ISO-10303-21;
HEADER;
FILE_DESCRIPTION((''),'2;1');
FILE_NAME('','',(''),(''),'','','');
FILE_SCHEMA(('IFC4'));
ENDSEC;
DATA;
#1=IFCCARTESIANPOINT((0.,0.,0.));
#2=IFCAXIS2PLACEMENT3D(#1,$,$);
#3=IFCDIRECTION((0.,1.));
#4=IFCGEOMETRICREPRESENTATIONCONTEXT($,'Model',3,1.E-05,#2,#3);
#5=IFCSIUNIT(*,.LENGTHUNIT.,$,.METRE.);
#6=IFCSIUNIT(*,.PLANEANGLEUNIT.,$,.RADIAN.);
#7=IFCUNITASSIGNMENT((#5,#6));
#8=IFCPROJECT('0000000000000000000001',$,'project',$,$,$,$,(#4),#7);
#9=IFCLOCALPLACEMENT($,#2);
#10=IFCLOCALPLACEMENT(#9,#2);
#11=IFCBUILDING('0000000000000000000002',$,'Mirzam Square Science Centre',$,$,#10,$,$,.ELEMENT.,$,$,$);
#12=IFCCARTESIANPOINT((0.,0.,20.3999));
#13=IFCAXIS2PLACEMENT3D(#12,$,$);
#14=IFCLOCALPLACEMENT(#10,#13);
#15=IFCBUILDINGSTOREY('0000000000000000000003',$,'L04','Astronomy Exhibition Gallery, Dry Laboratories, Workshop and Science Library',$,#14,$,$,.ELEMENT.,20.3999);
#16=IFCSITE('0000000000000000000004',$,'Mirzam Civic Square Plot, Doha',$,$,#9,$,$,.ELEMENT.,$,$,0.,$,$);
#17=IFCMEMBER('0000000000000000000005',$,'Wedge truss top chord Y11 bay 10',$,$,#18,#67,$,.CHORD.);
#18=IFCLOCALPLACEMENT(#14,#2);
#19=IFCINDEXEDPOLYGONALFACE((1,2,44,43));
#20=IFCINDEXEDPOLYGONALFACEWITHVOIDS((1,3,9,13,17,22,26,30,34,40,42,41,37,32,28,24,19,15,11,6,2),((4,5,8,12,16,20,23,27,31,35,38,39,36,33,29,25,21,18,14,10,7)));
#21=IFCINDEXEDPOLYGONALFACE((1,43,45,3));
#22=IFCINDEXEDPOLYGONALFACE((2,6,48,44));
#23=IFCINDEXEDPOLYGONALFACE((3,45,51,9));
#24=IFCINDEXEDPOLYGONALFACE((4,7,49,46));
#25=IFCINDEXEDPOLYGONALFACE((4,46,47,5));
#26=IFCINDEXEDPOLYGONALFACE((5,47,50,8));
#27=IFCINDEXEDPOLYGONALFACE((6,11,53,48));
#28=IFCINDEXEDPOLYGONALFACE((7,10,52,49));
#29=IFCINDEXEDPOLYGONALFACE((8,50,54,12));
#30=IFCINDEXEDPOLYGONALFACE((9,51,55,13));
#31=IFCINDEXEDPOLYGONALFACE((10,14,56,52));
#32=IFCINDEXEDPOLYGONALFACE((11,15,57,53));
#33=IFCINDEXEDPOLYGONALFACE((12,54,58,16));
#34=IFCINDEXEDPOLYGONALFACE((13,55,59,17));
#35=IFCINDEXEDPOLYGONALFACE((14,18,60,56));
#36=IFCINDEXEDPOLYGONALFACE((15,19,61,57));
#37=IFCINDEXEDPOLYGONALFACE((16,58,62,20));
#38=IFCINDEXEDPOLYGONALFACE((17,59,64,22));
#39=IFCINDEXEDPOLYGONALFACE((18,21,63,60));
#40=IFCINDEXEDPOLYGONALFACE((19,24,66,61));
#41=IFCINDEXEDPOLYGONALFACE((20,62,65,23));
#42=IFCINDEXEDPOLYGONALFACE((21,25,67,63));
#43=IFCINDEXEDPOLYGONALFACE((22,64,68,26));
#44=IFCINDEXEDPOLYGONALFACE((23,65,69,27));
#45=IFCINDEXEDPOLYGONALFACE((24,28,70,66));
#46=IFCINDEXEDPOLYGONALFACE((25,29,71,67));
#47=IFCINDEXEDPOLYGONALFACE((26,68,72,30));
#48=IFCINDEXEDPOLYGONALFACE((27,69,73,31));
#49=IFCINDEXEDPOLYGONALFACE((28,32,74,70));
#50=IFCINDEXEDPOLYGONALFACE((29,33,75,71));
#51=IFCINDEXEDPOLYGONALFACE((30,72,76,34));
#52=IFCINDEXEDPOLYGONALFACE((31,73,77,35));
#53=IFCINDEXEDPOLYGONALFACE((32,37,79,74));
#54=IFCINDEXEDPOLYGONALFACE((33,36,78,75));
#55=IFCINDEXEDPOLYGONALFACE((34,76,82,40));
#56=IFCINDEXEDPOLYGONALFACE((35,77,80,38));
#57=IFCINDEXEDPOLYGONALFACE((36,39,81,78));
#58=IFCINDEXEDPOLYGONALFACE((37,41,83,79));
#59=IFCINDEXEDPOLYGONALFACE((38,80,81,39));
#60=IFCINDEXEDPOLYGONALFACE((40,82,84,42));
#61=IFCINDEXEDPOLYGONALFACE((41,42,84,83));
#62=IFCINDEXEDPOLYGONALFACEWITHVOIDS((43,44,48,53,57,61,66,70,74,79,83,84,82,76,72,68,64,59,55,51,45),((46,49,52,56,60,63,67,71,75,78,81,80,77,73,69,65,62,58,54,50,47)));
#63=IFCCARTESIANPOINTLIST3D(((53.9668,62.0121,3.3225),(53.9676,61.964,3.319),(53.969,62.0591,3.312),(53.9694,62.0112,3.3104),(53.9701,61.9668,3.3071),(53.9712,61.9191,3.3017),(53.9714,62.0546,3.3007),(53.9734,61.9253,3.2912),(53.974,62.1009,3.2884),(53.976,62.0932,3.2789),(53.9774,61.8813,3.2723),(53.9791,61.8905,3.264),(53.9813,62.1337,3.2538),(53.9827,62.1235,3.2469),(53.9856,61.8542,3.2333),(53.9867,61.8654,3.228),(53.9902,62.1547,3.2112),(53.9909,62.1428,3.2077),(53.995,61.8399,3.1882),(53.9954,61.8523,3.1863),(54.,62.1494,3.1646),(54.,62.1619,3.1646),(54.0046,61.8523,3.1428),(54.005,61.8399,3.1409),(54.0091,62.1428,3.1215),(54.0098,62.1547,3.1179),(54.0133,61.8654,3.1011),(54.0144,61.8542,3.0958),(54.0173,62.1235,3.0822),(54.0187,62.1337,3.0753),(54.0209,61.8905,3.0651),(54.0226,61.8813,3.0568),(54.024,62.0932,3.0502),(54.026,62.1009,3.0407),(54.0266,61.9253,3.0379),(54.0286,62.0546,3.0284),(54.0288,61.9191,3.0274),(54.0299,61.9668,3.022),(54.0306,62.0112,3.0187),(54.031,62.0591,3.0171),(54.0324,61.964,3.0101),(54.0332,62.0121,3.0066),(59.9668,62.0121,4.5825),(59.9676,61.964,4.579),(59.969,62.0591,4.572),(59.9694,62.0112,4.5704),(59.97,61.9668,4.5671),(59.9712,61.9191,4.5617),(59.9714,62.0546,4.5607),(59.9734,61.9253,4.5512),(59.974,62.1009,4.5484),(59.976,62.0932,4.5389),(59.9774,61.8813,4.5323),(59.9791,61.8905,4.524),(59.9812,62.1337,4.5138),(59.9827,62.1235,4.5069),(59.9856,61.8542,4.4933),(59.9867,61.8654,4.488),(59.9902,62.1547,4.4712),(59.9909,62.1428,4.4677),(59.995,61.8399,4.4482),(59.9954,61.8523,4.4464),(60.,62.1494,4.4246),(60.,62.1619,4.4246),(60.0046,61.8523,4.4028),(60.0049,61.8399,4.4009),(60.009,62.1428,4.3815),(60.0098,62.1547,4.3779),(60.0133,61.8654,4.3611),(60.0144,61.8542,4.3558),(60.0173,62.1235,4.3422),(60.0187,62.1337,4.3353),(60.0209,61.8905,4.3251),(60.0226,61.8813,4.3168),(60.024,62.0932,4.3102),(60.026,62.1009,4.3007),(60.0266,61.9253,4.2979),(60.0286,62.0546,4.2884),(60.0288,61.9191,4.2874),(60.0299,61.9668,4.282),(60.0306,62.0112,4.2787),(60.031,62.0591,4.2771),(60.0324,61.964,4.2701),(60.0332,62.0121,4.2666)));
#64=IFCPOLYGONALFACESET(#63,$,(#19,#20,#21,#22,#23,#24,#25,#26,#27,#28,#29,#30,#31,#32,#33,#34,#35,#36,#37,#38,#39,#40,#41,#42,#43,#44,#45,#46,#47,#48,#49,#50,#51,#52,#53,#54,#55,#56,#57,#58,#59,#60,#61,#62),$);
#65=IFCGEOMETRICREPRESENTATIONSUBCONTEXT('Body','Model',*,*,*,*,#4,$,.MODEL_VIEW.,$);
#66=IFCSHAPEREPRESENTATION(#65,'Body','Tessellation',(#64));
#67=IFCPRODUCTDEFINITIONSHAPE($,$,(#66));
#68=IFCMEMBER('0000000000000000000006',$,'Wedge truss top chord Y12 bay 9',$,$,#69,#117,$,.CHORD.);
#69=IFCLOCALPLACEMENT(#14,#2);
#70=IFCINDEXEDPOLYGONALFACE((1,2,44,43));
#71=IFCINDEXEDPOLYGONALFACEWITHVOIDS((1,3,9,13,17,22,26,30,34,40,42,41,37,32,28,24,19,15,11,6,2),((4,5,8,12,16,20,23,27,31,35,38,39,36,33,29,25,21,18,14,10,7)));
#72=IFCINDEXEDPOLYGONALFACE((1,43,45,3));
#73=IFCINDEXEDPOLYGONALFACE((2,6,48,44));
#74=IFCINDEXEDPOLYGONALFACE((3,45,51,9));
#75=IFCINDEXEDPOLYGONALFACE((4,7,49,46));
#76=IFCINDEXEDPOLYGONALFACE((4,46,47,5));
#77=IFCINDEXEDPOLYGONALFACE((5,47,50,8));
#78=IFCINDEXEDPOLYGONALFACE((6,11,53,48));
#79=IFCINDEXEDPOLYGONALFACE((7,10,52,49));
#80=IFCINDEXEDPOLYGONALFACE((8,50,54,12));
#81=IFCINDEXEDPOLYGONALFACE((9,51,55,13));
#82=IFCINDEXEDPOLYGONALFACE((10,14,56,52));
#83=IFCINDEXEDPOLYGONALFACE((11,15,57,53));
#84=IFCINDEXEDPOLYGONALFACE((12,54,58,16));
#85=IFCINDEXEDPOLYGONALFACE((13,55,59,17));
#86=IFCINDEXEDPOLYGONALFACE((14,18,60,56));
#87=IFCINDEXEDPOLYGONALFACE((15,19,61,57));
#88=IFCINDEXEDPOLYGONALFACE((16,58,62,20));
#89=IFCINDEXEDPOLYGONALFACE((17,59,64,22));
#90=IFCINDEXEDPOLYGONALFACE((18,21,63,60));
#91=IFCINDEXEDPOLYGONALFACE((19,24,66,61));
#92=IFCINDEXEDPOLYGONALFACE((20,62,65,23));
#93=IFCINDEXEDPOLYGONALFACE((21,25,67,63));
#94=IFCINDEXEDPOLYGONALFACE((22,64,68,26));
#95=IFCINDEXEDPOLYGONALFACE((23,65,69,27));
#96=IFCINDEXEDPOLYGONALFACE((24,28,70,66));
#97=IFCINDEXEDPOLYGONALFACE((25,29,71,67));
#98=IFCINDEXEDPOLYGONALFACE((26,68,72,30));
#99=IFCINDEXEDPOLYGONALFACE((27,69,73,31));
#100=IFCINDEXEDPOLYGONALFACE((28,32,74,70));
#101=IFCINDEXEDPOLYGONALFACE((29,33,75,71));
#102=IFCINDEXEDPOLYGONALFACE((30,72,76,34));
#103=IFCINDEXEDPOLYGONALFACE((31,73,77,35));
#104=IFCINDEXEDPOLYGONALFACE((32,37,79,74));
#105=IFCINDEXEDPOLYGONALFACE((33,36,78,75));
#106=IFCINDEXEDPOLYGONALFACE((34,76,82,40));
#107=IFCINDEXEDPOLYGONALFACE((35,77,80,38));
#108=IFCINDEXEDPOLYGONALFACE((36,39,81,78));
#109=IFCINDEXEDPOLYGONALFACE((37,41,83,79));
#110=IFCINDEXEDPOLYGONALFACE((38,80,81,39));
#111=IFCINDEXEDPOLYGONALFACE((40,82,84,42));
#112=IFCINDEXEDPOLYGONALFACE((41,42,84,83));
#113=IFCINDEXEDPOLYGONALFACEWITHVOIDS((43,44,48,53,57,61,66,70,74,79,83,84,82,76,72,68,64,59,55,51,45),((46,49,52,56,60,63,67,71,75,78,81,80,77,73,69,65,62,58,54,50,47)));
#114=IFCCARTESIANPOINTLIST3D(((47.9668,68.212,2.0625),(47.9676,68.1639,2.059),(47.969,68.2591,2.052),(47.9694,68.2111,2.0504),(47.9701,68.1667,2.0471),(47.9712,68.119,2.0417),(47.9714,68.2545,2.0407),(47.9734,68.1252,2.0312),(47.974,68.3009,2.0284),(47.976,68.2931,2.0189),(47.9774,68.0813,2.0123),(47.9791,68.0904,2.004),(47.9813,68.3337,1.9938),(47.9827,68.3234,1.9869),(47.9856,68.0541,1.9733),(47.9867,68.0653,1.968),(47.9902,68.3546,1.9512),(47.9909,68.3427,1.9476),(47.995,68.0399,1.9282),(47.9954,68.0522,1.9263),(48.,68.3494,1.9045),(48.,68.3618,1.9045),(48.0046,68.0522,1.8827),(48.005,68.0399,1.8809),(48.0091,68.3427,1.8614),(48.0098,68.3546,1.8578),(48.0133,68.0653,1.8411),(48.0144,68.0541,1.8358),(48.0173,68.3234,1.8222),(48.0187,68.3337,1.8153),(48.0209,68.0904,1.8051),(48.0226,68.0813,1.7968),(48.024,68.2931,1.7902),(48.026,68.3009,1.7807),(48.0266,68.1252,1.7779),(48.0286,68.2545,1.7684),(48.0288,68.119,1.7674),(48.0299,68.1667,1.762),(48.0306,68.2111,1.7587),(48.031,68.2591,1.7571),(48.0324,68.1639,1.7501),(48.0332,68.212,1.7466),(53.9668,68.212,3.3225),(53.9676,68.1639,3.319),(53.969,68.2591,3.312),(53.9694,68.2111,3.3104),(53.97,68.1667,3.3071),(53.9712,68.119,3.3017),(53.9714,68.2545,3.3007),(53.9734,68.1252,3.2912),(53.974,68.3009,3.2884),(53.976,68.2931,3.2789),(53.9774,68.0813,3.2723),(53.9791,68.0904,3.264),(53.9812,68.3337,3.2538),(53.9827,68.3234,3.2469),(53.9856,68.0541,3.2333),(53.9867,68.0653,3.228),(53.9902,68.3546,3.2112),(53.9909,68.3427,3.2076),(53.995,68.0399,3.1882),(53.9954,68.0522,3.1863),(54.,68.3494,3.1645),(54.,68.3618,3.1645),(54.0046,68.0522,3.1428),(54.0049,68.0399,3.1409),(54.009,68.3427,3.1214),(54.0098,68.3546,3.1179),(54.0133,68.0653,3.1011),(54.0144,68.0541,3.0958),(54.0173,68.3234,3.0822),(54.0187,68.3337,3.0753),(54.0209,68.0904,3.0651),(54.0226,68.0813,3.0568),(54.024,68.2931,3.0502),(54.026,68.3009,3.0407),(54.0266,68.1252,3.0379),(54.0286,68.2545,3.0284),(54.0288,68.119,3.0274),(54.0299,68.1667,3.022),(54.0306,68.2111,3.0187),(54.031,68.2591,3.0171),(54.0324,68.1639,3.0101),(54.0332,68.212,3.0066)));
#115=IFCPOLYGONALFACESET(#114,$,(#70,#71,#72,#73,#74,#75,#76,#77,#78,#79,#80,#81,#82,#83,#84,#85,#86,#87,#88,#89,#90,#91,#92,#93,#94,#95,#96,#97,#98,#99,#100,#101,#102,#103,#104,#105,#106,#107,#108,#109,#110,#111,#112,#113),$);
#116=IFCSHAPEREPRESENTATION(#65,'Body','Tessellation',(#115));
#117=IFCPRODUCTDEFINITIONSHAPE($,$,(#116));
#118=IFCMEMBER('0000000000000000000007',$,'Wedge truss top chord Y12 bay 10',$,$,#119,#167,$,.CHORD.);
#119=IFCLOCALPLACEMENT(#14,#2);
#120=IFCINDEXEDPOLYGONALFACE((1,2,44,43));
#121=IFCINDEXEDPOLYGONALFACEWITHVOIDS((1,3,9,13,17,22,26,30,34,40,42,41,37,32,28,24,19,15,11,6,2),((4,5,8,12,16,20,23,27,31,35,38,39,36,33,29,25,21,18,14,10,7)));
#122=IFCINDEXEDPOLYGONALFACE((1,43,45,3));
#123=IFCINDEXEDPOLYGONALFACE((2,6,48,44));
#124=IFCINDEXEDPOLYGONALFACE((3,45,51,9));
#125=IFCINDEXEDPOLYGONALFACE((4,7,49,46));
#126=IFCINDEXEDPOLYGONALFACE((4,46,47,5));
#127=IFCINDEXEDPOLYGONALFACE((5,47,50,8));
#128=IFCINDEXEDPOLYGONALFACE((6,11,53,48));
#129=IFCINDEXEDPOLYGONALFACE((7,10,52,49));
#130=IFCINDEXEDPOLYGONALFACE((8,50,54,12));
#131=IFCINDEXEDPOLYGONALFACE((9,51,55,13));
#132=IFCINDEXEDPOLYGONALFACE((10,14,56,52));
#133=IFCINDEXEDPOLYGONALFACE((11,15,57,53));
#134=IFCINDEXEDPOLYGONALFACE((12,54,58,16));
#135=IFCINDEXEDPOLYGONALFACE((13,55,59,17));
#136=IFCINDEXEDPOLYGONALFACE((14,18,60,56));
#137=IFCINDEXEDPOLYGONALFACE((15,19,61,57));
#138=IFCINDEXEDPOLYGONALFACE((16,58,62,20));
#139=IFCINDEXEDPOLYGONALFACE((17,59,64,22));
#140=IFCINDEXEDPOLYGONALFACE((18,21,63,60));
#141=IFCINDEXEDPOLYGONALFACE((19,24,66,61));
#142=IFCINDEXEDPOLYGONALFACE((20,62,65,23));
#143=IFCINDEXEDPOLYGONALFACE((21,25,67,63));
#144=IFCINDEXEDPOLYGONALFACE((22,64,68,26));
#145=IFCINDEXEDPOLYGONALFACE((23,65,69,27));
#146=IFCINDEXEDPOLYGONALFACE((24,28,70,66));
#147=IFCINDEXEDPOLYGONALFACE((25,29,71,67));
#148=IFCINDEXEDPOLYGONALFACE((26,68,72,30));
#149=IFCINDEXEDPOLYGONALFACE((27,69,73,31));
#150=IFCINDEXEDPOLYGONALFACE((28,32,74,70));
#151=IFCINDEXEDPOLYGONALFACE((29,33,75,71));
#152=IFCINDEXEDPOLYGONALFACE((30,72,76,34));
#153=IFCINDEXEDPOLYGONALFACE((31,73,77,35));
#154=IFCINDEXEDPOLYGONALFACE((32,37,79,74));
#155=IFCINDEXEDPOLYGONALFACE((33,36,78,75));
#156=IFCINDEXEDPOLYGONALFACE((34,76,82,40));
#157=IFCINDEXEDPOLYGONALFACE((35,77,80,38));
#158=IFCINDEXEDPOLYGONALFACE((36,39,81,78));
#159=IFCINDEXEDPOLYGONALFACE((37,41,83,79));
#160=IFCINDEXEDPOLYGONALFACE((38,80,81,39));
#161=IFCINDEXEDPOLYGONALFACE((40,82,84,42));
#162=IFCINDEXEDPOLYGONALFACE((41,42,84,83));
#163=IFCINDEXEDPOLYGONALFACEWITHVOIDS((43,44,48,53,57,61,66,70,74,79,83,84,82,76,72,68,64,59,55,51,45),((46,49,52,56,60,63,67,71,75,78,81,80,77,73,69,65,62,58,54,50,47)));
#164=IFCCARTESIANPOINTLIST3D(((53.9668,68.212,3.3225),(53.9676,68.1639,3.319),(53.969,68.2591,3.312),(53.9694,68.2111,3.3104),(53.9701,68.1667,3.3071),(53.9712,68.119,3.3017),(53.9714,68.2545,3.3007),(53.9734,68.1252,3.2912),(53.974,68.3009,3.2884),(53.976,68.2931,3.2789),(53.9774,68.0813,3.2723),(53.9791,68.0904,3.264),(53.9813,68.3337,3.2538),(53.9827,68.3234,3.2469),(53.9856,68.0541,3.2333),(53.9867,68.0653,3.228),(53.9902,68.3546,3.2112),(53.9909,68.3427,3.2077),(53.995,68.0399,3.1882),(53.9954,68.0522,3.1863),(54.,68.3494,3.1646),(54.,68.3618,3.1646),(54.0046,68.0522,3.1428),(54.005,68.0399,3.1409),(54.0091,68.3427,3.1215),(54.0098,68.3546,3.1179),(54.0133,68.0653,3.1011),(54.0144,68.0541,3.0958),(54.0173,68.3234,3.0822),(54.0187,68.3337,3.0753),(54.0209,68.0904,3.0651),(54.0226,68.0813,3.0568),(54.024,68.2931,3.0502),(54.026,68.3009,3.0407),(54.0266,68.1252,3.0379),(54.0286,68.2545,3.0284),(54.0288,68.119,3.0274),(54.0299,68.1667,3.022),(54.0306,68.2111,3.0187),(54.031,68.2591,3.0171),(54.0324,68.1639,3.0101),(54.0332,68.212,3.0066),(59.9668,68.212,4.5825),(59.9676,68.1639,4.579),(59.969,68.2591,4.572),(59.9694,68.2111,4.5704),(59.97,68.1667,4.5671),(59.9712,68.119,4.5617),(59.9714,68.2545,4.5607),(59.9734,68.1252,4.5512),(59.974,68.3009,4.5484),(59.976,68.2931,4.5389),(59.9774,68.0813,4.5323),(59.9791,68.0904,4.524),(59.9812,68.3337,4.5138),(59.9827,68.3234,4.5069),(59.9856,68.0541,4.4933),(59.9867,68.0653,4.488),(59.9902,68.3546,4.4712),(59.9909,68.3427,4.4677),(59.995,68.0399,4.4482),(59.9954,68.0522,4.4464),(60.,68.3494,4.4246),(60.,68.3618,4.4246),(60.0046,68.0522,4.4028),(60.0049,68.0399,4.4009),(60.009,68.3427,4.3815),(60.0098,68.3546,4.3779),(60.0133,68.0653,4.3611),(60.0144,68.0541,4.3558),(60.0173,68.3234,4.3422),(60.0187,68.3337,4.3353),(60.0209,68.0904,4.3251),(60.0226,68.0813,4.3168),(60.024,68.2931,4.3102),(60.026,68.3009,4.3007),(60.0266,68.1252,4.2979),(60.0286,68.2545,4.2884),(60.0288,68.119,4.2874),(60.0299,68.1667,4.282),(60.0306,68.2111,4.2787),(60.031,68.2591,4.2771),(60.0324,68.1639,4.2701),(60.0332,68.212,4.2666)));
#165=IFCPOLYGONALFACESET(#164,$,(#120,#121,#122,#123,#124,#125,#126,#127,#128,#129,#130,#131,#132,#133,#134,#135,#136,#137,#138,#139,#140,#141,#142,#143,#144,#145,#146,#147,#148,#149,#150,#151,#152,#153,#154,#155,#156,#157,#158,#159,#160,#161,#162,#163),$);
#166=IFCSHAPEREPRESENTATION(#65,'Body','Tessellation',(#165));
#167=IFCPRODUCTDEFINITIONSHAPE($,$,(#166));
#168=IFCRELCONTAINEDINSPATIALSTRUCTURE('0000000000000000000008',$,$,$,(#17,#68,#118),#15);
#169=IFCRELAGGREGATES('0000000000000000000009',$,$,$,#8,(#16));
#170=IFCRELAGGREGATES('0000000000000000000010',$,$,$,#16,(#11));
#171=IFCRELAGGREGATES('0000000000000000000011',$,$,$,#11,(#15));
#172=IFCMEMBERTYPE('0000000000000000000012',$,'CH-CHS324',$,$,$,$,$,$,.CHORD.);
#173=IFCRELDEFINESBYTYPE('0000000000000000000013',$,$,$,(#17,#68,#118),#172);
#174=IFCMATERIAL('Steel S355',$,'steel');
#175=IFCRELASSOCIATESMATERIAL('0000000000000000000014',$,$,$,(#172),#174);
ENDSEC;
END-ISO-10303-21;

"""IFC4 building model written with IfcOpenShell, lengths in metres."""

from ifc_helpers import new_model, si_unit, direction, frame, origin, origin_2d, place, context, subcontext, project, spatial, hollow_circle, extrude, material, material_profile, profile_set, type_object, element, save


model = new_model("IFC4")

# Units and contexts
model_context = context("Model", 3, precision=1e-05, world=origin(), true_north=direction((0.0, 1.0)))
body_context = subcontext(model_context, "Body", "Model", "MODEL_VIEW")
ifc_project = project(units=[si_unit("LENGTHUNIT", "METRE"), si_unit("PLANEANGLEUNIT", "RADIAN")], contexts=[model_context])

# Site, building, storey
site_placement = place(None, origin())
site = spatial("IfcSite", under=ifc_project, at=site_placement, Name="Mirzam Civic Square Plot, Doha", CompositionType="ELEMENT", RefElevation=0.0)
building_placement = place(site_placement, origin())
building = spatial("IfcBuilding", under=site, at=building_placement, Name="Mirzam Square Science Centre", CompositionType="ELEMENT")
storey_placement = place(building_placement, frame((0.0, 0.0, 20.3999)))
storey = spatial("IfcBuildingStorey", under=building, at=storey_placement, Name="L04", Description="Astronomy Exhibition Gallery, Dry Laboratories, Workshop and Science Library", CompositionType="ELEMENT", Elevation=20.3999)

# Members
ifc_material = material(Name="Steel S355", Category="steel")
ifc_material_profile_1 = material_profile(ifc_material, hollow_circle(Radius=0.1619, WallThickness=0.0125, at=origin_2d()), Name="323.9x12.5CHS")
ifc_profile_set_1 = profile_set([ifc_material_profile_1], Name="Steel S355")
member_type_1 = type_object("IfcMemberType", Name="CH-CHS324", PredefinedType="CHORD", material=ifc_profile_set_1)
for number, where, z_axis, x_axis, name in (
    (1, (54.0, 62.0, 3.1646), (0.978653, 0.0, 0.205519), (0.0, 1.0, 0.0), "Wedge truss top chord Y11 bay 10"),
    (2, (48.0, 68.2, 1.9045), (0.978653, 0.0, 0.205519), (0.0, 1.0, 0.0), "Wedge truss top chord Y12 bay 9"),
    (3, (54.0, 68.2, 3.1646), (0.978653, 0.0, 0.205519), (0.0, 1.0, 0.0), "Wedge truss top chord Y12 bay 10"),
):
    element("IfcMember", number, at=place(storey_placement, frame(where, z_axis=z_axis, x_axis=x_axis)), inside=storey, type_object=member_type_1, Name=name, PredefinedType="CHORD", context=body_context, shape_type="SweptSolid", body=[
        extrude(hollow_circle(Radius=0.1619, WallThickness=0.0125, at=origin_2d()), origin(), (0.0, 0.0, 1.0), 6.1309),
    ])

save(model, "model.ifc")
